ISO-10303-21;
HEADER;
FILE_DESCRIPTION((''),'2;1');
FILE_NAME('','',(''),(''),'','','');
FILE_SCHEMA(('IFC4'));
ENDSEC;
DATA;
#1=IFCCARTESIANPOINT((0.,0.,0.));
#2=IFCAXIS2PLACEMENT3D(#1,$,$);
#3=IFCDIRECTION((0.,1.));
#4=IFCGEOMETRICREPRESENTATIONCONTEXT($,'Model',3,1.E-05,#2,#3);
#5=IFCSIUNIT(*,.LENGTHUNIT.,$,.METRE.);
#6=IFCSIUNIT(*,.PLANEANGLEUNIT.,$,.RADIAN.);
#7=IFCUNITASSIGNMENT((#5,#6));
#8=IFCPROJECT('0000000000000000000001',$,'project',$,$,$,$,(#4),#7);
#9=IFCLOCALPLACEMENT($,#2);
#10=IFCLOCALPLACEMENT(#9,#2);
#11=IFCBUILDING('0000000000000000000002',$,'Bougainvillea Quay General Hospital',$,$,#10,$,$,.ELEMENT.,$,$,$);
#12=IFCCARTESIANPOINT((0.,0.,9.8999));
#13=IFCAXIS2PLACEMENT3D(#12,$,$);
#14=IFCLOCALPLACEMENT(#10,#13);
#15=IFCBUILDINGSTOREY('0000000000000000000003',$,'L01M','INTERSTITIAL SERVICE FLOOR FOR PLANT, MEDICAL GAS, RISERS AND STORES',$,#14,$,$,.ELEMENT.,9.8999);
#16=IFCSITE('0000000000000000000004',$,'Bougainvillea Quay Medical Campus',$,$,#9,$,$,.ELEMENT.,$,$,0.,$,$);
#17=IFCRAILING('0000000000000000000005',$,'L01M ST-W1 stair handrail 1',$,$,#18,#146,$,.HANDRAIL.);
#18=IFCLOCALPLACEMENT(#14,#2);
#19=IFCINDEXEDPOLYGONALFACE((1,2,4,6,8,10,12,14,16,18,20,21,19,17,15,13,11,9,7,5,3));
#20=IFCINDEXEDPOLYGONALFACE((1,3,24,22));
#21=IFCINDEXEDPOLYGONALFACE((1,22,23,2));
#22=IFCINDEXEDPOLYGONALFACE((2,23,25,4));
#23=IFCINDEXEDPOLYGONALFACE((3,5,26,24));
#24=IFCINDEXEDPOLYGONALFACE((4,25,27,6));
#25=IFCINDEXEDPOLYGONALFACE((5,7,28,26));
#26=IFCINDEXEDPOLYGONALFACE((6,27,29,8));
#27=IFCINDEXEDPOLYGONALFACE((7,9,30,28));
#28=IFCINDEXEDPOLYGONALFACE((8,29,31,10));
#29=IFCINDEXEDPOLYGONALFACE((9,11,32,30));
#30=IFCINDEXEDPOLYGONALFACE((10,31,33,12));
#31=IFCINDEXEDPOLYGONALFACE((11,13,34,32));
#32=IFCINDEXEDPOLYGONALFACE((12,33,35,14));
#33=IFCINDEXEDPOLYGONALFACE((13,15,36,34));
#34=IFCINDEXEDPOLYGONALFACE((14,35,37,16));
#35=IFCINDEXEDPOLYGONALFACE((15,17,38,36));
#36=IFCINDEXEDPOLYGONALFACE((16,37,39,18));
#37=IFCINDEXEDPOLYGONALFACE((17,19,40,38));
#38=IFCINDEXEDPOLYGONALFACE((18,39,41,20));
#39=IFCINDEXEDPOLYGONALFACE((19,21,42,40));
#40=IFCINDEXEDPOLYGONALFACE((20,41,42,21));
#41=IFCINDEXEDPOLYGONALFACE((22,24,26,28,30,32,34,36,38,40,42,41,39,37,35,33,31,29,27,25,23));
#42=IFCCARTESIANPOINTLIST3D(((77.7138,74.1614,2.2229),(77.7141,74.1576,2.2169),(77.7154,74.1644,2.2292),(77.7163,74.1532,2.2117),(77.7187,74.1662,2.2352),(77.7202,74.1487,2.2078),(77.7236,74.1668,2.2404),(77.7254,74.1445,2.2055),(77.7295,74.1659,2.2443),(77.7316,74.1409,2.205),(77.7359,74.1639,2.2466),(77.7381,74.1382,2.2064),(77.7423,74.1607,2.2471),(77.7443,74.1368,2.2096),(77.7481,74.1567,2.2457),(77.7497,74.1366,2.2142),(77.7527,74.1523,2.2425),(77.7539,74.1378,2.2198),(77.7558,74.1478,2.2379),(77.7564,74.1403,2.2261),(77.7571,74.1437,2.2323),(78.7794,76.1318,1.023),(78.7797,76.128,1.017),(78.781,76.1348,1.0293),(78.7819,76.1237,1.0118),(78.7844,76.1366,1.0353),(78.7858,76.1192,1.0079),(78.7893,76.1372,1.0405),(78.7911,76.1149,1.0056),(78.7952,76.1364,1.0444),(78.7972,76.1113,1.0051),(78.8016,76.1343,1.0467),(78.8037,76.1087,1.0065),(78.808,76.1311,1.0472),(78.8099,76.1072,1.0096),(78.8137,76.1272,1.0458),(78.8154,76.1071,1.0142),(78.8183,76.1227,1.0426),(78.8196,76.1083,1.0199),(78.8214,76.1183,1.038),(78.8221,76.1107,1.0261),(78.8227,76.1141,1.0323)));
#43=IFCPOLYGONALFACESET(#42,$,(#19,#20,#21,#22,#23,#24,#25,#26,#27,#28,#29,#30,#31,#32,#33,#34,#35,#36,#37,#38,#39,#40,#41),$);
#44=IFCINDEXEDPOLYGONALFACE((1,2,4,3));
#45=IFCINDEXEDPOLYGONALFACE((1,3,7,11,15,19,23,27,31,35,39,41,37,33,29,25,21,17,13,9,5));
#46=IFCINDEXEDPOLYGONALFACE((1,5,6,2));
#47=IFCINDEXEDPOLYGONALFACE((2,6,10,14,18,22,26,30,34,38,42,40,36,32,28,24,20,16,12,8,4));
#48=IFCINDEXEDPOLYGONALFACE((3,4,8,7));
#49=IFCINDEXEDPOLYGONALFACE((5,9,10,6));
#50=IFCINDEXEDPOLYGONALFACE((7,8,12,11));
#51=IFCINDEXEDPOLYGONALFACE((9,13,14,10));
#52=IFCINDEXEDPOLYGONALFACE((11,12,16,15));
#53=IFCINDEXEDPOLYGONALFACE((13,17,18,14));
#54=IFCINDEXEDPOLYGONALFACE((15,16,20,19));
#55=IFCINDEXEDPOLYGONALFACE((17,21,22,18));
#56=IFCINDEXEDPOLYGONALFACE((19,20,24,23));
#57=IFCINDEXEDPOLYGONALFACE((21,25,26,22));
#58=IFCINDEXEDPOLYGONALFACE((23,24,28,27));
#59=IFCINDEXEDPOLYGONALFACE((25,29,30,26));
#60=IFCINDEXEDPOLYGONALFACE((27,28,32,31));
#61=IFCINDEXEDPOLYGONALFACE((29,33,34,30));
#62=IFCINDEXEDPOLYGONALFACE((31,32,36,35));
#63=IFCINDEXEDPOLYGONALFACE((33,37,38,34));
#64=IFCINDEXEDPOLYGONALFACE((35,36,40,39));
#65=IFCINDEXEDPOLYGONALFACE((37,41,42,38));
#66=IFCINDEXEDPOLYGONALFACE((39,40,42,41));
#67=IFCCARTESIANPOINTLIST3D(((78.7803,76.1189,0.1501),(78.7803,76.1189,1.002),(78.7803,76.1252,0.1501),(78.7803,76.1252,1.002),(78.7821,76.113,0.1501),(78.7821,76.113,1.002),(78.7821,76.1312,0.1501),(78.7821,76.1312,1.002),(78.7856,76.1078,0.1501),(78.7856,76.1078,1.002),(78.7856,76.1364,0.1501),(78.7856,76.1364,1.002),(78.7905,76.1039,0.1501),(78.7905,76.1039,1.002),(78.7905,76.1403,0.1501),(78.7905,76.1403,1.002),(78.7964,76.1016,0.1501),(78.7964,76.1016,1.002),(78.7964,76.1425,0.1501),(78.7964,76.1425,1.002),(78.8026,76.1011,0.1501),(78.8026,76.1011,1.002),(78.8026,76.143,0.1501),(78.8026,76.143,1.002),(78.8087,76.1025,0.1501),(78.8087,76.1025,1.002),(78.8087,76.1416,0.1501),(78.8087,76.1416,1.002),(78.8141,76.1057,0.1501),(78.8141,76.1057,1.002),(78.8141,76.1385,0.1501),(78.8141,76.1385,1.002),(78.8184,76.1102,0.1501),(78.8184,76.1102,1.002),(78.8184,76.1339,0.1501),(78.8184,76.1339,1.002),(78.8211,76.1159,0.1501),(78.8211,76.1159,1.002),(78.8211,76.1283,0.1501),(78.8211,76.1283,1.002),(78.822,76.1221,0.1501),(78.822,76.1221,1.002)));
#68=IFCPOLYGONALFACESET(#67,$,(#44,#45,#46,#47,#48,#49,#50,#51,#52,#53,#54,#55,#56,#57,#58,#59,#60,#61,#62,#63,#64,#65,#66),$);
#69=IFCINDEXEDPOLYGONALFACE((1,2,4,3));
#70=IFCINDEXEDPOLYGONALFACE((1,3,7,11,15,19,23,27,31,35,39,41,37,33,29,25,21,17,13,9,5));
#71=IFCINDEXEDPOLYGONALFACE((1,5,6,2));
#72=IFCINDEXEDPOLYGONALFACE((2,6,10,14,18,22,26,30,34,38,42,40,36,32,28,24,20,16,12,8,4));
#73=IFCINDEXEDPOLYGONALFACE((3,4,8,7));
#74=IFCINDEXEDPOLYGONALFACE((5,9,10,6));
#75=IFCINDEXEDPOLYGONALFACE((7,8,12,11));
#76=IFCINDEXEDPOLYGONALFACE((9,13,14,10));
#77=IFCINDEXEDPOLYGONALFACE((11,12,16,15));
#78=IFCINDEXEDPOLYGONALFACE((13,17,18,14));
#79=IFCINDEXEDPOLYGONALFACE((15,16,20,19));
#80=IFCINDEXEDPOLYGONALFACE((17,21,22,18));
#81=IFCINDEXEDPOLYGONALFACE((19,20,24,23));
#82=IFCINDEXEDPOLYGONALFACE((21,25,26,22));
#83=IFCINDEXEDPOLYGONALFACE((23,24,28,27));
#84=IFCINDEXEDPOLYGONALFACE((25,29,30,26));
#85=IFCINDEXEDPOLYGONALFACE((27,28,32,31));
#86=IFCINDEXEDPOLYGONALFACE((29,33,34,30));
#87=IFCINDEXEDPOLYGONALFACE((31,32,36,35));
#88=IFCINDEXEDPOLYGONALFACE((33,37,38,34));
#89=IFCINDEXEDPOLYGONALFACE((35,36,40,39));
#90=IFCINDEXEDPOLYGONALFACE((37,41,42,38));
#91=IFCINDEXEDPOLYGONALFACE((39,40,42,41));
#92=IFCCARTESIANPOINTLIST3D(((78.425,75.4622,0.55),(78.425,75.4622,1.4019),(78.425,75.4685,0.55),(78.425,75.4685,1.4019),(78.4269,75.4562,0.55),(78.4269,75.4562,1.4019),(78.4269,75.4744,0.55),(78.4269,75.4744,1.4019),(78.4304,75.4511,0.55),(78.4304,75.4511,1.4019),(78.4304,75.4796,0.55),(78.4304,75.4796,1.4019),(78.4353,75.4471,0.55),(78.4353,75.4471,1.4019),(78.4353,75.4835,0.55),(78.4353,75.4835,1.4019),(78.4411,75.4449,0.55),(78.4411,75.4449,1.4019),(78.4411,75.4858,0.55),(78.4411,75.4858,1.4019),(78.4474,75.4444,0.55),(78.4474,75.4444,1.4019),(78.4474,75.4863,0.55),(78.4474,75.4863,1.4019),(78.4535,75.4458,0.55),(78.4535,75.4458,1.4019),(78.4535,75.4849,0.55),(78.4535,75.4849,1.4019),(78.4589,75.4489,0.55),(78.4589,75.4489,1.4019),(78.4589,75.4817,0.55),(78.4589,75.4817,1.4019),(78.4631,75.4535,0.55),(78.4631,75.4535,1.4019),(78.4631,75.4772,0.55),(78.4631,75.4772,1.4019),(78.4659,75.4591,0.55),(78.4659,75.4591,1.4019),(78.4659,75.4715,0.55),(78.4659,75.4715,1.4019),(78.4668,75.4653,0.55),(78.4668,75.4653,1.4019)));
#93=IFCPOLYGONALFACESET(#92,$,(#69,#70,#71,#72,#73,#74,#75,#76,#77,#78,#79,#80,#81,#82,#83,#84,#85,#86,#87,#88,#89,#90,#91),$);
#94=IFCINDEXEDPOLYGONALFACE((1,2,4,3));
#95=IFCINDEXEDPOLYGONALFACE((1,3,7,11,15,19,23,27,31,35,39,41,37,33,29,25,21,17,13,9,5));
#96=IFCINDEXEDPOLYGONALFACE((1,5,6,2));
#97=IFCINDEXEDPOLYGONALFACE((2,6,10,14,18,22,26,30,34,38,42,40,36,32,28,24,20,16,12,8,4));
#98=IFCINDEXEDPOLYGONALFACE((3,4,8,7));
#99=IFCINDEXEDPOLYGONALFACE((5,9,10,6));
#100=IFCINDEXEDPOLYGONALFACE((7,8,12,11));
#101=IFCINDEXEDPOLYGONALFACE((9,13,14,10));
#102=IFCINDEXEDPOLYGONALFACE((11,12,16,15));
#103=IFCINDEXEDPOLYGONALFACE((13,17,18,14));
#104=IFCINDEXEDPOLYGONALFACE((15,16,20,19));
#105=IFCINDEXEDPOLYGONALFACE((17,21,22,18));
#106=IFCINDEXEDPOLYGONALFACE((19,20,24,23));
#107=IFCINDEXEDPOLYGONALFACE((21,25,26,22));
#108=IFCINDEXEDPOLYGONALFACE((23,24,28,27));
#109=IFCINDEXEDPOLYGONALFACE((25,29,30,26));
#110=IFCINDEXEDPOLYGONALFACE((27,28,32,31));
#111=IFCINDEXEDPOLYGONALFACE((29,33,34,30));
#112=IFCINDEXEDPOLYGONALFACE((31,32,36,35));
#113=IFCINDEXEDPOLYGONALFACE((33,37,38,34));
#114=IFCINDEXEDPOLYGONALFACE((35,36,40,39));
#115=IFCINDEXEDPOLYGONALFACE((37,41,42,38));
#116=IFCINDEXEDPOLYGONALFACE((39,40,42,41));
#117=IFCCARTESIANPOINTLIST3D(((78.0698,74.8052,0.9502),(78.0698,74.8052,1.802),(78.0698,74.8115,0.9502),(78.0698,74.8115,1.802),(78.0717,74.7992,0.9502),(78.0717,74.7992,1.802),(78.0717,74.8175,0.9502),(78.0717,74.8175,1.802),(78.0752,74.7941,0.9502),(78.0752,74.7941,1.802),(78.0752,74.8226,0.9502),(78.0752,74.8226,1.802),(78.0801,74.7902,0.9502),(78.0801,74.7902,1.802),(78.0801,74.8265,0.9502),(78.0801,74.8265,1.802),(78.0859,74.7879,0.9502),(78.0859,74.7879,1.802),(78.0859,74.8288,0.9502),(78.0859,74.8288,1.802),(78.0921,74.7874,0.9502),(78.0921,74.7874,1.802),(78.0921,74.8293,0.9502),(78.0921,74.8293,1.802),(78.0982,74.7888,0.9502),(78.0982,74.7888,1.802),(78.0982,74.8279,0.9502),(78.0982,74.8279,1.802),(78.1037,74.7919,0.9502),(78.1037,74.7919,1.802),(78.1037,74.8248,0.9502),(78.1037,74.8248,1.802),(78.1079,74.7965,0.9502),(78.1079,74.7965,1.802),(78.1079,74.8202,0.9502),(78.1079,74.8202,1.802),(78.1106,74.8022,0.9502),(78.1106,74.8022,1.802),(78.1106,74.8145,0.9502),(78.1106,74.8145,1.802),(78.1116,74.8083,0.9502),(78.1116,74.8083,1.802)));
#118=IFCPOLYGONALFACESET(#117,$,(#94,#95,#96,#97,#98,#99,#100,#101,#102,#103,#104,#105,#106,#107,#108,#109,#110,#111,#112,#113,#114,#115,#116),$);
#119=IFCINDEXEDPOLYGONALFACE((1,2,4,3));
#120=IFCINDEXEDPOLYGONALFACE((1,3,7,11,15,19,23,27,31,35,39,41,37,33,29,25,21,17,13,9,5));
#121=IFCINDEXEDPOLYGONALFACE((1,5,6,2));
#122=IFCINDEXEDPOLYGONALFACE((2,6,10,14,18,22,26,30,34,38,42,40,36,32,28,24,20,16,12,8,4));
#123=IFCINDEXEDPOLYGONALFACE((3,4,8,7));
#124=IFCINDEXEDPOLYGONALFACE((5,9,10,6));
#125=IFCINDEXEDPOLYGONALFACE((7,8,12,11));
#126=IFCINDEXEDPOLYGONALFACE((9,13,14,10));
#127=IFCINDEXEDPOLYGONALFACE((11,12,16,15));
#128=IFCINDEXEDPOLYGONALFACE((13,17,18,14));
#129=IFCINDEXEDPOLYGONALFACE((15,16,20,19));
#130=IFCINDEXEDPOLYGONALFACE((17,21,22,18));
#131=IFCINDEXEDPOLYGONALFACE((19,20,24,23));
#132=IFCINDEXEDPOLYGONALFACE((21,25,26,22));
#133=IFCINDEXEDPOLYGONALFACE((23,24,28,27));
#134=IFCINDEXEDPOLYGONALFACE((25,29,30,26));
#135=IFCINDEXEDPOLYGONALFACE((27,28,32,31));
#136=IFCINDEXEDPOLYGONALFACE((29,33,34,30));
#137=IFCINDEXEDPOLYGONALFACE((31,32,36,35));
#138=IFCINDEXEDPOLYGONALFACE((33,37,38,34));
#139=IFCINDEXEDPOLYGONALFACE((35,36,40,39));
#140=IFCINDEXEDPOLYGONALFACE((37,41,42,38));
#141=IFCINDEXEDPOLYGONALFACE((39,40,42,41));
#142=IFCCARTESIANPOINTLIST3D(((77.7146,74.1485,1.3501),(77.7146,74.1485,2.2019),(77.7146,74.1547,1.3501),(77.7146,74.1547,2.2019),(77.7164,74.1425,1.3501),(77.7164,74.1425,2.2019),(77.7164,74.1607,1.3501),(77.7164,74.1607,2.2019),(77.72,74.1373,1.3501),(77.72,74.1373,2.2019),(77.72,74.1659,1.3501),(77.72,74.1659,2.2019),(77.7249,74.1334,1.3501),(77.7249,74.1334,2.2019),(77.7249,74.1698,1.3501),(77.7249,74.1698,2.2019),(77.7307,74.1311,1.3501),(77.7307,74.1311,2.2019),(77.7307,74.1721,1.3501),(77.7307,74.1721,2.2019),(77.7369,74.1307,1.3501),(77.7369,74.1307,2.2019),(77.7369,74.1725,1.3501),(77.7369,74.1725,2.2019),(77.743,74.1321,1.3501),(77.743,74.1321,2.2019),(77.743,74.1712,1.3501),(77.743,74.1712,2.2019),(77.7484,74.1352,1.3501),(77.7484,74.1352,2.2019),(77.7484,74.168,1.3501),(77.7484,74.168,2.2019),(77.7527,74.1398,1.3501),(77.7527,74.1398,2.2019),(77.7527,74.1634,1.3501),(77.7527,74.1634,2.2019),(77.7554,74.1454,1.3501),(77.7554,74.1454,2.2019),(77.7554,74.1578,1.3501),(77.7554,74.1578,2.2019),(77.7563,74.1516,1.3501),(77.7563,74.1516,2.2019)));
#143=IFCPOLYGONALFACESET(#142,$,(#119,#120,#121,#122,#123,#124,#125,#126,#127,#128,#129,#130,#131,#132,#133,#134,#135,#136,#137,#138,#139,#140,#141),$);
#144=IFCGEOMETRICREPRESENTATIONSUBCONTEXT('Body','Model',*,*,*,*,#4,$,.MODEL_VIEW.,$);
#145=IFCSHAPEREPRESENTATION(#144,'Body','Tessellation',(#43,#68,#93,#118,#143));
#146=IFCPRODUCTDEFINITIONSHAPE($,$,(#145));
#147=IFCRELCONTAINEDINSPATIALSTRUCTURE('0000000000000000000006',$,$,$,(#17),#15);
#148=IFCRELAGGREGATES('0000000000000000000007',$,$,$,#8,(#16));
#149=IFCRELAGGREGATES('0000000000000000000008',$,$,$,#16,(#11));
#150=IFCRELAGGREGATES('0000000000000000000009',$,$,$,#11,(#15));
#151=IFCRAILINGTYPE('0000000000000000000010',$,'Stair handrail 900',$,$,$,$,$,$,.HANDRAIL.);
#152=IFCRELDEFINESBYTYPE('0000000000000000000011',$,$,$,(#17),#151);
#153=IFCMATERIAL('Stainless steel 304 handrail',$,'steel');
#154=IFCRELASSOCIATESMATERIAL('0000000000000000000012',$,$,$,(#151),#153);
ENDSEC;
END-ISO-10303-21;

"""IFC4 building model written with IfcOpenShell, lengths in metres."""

from ifc_helpers import new_model, si_unit, direction, frame, origin, origin_2d, place, context, subcontext, project, spatial, circle, extrude, material, type_object, element, save


model = new_model("IFC4")

# Units and contexts
model_context = context("Model", 3, precision=1e-05, world=origin(), true_north=direction((0.0, 1.0)))
body_context = subcontext(model_context, "Body", "Model", "MODEL_VIEW")
ifc_project = project(units=[si_unit("LENGTHUNIT", "METRE"), si_unit("PLANEANGLEUNIT", "RADIAN")], contexts=[model_context])

# Site, building, storey
site_placement = place(None, origin())
site = spatial("IfcSite", under=ifc_project, at=site_placement, Name="Bougainvillea Quay Medical Campus", CompositionType="ELEMENT", RefElevation=0.0)
building_placement = place(site_placement, origin())
building = spatial("IfcBuilding", under=site, at=building_placement, Name="Bougainvillea Quay General Hospital", CompositionType="ELEMENT")
storey_placement = place(building_placement, frame((0.0, 0.0, 9.8999)))
storey = spatial("IfcBuildingStorey", under=building, at=storey_placement, Name="L01M", Description="INTERSTITIAL SERVICE FLOOR FOR PLANT, MEDICAL GAS, RISERS AND STORES", CompositionType="ELEMENT", Elevation=9.8999)

# Railing
ifc_material_1 = material(Name="Stainless steel 304 handrail", Category="steel")
railing_type_1 = type_object("IfcRailingType", Name="Stair handrail 900", PredefinedType="HANDRAIL", material=ifc_material_1)
railing_1_placement = place(storey_placement, frame((78.801, 76.1221, 0.1501)))
element("IfcRailing", 1, at=railing_1_placement, inside=storey, type_object=railing_type_1, Name="L01M ST-W1 stair handrail 1", PredefinedType="HANDRAIL", context=body_context, shape_type="SweptSolid", body=[
    extrude(circle(Radius=0.0239, at=origin_2d()), frame((0.0, 0.0, 0.876), z_axis=(-0.41934, -0.775372, 0.472178), x_axis=(0.879602, -0.475711, 0.0)), (0.0, 0.0, 1.0), 2.5413),
    extrude(circle(Radius=0.021, at=origin_2d()), origin(), (0.0, 0.0, 1.0), 0.8518),
    extrude(circle(Radius=0.021, at=origin_2d()), frame((-0.3552, -0.6567, 0.3999)), (0.0, 0.0, 1.0), 0.8518),
    extrude(circle(Radius=0.021, at=origin_2d()), frame((-0.7104, -1.3137, 0.8)), (0.0, 0.0, 1.0), 0.8518),
    extrude(circle(Radius=0.021, at=origin_2d()), frame((-1.0657, -1.9705, 1.2)), (0.0, 0.0, 1.0), 0.8518),
])

save(model, "model.ifc")
